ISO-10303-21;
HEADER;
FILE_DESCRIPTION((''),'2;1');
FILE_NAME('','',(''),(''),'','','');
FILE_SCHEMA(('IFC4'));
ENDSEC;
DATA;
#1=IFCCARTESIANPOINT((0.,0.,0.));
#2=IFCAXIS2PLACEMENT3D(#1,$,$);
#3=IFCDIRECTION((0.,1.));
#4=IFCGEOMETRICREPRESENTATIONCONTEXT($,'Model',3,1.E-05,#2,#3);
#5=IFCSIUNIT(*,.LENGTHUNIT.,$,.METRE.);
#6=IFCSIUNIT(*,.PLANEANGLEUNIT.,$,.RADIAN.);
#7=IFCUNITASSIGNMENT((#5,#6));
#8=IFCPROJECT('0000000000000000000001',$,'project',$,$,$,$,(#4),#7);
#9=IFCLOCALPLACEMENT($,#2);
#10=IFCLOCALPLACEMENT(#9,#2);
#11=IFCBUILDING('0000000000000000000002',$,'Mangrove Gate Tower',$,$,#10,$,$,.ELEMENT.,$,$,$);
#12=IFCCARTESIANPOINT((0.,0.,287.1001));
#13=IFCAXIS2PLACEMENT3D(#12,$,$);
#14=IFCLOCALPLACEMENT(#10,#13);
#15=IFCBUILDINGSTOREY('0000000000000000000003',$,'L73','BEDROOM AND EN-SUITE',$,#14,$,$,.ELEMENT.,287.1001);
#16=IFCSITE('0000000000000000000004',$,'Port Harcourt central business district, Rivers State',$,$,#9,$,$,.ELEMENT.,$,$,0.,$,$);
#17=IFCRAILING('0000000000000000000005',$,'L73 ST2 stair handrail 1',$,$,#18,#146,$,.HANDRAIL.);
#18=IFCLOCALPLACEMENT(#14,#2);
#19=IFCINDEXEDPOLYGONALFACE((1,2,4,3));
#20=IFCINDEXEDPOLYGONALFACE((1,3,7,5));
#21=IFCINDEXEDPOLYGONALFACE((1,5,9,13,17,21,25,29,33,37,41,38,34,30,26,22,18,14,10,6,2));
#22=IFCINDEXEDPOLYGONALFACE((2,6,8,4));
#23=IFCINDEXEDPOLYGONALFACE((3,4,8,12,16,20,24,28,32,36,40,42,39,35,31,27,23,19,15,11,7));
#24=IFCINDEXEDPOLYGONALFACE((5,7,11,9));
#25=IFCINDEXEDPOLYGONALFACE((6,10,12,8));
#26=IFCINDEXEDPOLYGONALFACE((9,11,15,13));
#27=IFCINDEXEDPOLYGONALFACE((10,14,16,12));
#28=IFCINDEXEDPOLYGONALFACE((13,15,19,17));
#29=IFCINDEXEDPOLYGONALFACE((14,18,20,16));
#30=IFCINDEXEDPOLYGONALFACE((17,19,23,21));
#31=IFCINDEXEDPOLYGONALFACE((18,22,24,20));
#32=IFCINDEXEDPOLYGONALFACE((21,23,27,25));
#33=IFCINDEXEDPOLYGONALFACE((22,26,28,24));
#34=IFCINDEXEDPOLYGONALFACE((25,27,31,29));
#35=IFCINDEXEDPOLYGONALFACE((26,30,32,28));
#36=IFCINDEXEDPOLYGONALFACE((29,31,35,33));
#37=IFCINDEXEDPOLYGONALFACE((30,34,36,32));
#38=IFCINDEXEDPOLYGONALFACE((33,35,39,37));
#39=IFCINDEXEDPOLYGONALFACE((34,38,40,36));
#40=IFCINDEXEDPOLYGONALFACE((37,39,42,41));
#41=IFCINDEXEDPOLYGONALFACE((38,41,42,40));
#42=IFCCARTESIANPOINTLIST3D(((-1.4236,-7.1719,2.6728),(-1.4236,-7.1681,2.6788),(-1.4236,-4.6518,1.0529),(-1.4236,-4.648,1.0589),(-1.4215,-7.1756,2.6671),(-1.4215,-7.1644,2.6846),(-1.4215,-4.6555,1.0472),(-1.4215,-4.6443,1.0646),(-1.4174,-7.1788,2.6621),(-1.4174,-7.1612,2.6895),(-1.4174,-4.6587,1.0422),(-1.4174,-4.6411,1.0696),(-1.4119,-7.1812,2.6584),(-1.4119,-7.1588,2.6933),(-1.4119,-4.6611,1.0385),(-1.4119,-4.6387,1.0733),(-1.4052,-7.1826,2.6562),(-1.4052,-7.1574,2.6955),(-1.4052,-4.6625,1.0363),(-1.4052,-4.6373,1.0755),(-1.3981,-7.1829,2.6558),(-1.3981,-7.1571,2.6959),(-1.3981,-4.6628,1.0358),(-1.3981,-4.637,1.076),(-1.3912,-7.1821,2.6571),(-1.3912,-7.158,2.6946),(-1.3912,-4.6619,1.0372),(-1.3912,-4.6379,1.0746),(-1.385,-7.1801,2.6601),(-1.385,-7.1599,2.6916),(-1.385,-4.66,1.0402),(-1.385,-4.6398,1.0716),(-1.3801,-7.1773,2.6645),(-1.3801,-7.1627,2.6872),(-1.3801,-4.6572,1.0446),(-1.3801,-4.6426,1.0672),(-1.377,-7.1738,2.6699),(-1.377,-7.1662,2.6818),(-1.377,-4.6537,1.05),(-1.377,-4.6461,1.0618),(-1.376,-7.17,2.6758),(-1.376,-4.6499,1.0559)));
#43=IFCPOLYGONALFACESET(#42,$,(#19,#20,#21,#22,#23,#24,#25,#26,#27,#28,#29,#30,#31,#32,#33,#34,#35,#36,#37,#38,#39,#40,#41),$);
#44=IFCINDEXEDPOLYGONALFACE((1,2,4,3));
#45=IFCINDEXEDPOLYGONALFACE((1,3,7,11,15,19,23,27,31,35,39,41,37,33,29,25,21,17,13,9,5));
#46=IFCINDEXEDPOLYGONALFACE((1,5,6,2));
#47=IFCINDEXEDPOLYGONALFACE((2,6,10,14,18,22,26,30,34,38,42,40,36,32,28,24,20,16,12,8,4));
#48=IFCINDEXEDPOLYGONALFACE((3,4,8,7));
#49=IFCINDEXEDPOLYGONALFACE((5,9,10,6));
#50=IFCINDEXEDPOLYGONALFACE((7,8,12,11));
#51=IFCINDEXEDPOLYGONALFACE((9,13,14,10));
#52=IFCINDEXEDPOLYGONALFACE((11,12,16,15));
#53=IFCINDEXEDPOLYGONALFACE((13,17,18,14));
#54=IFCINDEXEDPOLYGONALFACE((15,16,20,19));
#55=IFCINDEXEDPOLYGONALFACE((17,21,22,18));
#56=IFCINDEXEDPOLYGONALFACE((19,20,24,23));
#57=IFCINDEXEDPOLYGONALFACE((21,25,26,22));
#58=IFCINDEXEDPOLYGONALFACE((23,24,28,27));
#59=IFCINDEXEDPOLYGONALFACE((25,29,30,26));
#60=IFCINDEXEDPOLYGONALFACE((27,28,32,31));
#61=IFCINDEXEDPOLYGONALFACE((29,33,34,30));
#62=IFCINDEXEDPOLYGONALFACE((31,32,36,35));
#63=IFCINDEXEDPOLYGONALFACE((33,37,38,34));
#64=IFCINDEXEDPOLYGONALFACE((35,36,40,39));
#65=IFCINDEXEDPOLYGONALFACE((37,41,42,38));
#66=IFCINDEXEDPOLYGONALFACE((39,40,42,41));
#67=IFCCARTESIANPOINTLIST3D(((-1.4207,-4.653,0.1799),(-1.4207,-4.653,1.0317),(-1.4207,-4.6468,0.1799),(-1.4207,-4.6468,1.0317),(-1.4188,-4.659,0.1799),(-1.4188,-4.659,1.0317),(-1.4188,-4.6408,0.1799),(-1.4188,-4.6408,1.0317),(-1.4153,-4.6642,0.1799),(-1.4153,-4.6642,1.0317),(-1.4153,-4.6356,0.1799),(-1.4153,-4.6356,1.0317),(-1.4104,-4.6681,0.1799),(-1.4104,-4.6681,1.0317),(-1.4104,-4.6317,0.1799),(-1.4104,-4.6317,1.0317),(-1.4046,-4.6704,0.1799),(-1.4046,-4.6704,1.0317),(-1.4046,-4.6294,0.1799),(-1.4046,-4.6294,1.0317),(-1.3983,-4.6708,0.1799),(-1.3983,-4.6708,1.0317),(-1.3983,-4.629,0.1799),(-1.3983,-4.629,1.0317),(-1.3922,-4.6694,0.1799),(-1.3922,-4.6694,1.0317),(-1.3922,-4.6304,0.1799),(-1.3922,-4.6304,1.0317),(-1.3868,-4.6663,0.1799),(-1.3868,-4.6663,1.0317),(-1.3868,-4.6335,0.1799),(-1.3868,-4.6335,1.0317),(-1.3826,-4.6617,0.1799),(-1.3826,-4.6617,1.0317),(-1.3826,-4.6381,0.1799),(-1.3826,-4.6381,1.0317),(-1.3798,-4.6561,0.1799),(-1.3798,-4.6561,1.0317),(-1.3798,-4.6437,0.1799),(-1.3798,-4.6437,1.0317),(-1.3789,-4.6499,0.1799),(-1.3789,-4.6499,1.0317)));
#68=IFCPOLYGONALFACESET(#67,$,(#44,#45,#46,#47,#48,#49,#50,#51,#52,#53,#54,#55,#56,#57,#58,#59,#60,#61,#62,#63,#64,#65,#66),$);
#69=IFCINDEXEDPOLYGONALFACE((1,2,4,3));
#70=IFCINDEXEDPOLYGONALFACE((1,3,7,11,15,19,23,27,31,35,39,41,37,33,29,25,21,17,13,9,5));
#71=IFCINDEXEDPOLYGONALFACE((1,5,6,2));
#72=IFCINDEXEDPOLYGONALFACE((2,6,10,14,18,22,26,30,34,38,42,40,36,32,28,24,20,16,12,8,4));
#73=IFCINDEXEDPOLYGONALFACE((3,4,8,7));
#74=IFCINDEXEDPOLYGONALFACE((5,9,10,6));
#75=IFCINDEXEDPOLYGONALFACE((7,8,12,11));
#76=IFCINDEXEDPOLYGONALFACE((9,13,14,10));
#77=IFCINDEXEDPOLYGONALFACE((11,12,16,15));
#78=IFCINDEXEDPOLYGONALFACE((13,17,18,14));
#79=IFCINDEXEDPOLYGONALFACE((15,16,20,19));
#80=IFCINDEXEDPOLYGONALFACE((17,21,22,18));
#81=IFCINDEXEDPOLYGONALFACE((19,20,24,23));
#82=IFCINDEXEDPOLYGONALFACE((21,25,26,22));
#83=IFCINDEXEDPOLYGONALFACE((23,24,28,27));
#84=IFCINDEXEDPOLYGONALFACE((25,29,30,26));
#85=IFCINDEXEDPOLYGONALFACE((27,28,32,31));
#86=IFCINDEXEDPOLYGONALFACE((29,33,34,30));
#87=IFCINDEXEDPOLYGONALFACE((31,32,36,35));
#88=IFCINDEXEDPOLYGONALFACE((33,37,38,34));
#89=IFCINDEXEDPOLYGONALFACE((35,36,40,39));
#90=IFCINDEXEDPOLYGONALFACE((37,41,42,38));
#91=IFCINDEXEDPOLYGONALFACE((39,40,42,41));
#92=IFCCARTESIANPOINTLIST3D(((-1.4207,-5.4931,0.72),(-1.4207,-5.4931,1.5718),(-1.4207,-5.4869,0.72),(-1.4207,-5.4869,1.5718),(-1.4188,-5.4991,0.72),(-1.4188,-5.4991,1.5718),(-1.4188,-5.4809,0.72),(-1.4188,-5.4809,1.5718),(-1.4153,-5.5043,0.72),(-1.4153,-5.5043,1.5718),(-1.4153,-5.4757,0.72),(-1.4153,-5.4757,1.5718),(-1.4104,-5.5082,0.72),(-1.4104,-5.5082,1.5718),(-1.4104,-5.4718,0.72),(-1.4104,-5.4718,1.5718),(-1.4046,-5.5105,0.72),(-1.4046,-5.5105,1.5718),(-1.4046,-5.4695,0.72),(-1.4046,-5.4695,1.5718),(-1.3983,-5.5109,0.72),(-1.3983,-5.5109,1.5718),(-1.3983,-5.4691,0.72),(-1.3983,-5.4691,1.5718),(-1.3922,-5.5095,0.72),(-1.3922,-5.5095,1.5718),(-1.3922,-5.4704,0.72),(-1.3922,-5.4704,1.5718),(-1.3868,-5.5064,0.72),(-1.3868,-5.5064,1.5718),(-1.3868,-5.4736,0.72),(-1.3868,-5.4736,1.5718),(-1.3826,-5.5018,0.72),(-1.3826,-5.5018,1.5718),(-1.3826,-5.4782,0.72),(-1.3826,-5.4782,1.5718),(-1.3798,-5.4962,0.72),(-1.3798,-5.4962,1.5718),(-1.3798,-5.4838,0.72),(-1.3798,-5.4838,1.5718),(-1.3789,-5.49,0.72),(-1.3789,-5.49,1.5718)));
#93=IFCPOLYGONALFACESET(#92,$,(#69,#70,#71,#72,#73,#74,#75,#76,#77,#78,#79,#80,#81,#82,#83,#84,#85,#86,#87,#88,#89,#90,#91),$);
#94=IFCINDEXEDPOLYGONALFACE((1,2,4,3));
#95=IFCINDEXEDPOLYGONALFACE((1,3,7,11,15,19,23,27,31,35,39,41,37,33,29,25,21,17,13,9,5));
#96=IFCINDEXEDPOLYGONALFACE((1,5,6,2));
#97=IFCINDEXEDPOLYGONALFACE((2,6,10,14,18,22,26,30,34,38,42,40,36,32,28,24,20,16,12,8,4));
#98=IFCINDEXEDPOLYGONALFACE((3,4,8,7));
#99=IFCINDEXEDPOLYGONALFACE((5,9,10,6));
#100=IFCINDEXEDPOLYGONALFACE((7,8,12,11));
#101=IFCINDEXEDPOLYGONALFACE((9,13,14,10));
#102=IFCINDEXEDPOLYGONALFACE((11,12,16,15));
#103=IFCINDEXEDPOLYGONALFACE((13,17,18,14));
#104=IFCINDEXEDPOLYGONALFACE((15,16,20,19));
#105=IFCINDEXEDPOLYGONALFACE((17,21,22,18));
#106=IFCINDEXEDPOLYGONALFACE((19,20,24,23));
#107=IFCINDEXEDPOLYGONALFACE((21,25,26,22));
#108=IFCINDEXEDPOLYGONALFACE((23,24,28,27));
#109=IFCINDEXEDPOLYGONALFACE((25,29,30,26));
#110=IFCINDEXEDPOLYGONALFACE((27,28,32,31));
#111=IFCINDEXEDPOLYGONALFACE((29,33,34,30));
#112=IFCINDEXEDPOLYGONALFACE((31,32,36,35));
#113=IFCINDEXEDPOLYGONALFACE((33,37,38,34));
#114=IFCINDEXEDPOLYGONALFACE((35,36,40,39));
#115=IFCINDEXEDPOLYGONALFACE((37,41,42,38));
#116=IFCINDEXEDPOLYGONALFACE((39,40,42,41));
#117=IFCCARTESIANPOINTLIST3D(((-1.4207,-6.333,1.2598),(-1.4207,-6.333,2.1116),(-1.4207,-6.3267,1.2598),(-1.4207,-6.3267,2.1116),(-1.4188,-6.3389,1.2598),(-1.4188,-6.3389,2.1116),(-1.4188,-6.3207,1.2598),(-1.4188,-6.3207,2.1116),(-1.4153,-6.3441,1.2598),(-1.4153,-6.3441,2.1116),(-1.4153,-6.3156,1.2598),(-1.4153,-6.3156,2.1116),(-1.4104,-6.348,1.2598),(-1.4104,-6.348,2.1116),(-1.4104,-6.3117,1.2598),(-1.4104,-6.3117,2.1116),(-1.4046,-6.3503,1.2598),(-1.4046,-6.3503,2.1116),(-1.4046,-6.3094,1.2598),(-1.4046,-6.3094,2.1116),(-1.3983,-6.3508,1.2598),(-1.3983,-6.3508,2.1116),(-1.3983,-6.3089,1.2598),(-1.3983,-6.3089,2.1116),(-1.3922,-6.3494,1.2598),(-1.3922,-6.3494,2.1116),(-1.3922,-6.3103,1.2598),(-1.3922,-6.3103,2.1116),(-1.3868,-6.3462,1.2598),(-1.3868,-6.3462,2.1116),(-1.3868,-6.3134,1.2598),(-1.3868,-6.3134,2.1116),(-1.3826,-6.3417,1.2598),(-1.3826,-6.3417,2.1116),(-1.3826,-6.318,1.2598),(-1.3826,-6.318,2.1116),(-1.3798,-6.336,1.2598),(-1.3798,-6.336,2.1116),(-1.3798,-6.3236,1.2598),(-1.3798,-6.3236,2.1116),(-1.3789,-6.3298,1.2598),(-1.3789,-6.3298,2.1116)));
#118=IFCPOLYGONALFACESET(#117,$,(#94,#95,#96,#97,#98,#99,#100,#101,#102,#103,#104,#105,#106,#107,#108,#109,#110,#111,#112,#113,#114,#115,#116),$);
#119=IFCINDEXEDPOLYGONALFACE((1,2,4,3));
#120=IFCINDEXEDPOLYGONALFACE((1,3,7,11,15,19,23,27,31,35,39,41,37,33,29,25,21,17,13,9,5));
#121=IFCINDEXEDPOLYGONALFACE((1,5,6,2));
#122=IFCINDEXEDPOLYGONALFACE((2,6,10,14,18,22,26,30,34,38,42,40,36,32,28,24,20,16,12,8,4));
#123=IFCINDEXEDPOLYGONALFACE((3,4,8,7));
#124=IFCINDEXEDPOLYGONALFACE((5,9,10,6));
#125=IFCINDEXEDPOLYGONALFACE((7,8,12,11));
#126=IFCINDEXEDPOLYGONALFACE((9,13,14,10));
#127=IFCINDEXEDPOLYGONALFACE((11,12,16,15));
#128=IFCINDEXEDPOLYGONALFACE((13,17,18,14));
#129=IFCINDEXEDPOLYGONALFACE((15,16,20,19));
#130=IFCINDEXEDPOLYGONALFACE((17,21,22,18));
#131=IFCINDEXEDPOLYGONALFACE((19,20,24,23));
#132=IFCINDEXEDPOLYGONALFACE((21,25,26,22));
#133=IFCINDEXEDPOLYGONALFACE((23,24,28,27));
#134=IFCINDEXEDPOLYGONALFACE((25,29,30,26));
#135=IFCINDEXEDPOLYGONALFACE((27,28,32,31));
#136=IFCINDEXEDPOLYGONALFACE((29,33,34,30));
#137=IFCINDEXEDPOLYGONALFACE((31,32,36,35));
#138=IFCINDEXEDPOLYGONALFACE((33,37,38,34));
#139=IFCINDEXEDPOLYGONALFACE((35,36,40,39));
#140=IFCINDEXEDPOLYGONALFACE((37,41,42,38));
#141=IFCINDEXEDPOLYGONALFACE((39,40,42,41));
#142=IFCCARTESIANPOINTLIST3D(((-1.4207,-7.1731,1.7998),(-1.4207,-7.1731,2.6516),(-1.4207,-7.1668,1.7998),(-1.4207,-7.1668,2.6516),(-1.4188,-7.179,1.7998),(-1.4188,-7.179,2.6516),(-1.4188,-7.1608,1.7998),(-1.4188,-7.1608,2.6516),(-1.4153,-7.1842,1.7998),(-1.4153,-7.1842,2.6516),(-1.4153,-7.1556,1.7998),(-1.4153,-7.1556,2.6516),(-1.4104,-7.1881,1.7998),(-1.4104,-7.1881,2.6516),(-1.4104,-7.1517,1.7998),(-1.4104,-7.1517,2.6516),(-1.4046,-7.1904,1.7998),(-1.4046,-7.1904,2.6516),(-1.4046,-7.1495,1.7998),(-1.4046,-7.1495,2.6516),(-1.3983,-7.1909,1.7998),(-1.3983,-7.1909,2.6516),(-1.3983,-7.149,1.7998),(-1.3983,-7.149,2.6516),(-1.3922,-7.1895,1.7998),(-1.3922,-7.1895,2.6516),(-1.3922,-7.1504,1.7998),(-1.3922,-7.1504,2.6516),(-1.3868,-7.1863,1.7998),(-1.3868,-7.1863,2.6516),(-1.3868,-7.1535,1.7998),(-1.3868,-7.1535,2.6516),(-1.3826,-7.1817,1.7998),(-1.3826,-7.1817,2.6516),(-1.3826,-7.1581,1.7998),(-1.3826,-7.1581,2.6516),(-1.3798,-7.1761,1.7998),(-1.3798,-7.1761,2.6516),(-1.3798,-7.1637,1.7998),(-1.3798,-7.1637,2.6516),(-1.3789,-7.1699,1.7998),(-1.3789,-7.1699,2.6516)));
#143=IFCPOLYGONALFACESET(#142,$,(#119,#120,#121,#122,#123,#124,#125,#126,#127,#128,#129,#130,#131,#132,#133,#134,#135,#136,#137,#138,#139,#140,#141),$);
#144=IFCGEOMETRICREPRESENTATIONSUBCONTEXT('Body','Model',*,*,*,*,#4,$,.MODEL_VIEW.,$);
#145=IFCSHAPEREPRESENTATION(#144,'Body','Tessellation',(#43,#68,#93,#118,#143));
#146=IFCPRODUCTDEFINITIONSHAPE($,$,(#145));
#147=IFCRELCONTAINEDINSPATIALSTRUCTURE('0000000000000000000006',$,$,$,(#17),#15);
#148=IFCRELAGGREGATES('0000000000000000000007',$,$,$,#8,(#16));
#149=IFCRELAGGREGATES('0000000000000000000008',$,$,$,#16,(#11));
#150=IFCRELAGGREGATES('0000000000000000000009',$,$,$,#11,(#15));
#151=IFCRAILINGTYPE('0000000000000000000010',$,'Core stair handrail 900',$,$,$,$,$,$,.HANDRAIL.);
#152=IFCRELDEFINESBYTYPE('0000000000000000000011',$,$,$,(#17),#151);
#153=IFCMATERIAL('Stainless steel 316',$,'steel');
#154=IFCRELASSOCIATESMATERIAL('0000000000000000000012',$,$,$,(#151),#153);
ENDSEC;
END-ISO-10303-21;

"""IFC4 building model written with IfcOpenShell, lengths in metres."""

from ifc_helpers import new_model, si_unit, direction, frame, origin, origin_2d, place, context, subcontext, project, spatial, circle, extrude, material, type_object, element, save


model = new_model("IFC4")

# Units and contexts
model_context = context("Model", 3, precision=1e-05, world=origin(), true_north=direction((0.0, 1.0)))
body_context = subcontext(model_context, "Body", "Model", "MODEL_VIEW")
ifc_project = project(units=[si_unit("LENGTHUNIT", "METRE"), si_unit("PLANEANGLEUNIT", "RADIAN")], contexts=[model_context])

# Site, building, storey
site_placement = place(None, origin())
site = spatial("IfcSite", under=ifc_project, at=site_placement, Name="Port Harcourt central business district, Rivers State", CompositionType="ELEMENT", RefElevation=0.0)
building_placement = place(site_placement, origin())
building = spatial("IfcBuilding", under=site, at=building_placement, Name="Mangrove Gate Tower", CompositionType="ELEMENT")
storey_placement = place(building_placement, frame((0.0, 0.0, 287.1001)))
storey = spatial("IfcBuildingStorey", under=building, at=storey_placement, Name="L73", Description="BEDROOM AND EN-SUITE", CompositionType="ELEMENT", Elevation=287.1001)

# Railing
ifc_material_1 = material(Name="Stainless steel 316", Category="steel")
railing_type_1 = type_object("IfcRailingType", Name="Core stair handrail 900", PredefinedType="HANDRAIL", material=ifc_material_1)
railing_1_placement = place(storey_placement, frame((-1.3999, -4.6499, 0.1799)))
element("IfcRailing", 1, at=railing_1_placement, inside=storey, type_object=railing_type_1, Name="L73 ST2 stair handrail 1", PredefinedType="HANDRAIL", context=body_context, shape_type="SweptSolid", body=[
    extrude(circle(Radius=0.0239, at=origin_2d()), frame((0.0, 0.0, 0.876), z_axis=(0.0, -0.8412, 0.540725), x_axis=(1.0, 0.0, 0.0)), (0.0, 0.0, 1.0), 2.9958),
    extrude(circle(Radius=0.021, at=origin_2d()), origin(), (0.0, 0.0, 1.0), 0.8518),
    extrude(circle(Radius=0.021, at=origin_2d()), frame((0.0, -0.8401, 0.54)), (0.0, 0.0, 1.0), 0.8518),
    extrude(circle(Radius=0.021, at=origin_2d()), frame((0.0, -1.6799, 1.0798)), (0.0, 0.0, 1.0), 0.8518),
    extrude(circle(Radius=0.021, at=origin_2d()), frame((0.0, -2.52, 1.6199)), (0.0, 0.0, 1.0), 0.8518),
])

save(model, "model.ifc")
